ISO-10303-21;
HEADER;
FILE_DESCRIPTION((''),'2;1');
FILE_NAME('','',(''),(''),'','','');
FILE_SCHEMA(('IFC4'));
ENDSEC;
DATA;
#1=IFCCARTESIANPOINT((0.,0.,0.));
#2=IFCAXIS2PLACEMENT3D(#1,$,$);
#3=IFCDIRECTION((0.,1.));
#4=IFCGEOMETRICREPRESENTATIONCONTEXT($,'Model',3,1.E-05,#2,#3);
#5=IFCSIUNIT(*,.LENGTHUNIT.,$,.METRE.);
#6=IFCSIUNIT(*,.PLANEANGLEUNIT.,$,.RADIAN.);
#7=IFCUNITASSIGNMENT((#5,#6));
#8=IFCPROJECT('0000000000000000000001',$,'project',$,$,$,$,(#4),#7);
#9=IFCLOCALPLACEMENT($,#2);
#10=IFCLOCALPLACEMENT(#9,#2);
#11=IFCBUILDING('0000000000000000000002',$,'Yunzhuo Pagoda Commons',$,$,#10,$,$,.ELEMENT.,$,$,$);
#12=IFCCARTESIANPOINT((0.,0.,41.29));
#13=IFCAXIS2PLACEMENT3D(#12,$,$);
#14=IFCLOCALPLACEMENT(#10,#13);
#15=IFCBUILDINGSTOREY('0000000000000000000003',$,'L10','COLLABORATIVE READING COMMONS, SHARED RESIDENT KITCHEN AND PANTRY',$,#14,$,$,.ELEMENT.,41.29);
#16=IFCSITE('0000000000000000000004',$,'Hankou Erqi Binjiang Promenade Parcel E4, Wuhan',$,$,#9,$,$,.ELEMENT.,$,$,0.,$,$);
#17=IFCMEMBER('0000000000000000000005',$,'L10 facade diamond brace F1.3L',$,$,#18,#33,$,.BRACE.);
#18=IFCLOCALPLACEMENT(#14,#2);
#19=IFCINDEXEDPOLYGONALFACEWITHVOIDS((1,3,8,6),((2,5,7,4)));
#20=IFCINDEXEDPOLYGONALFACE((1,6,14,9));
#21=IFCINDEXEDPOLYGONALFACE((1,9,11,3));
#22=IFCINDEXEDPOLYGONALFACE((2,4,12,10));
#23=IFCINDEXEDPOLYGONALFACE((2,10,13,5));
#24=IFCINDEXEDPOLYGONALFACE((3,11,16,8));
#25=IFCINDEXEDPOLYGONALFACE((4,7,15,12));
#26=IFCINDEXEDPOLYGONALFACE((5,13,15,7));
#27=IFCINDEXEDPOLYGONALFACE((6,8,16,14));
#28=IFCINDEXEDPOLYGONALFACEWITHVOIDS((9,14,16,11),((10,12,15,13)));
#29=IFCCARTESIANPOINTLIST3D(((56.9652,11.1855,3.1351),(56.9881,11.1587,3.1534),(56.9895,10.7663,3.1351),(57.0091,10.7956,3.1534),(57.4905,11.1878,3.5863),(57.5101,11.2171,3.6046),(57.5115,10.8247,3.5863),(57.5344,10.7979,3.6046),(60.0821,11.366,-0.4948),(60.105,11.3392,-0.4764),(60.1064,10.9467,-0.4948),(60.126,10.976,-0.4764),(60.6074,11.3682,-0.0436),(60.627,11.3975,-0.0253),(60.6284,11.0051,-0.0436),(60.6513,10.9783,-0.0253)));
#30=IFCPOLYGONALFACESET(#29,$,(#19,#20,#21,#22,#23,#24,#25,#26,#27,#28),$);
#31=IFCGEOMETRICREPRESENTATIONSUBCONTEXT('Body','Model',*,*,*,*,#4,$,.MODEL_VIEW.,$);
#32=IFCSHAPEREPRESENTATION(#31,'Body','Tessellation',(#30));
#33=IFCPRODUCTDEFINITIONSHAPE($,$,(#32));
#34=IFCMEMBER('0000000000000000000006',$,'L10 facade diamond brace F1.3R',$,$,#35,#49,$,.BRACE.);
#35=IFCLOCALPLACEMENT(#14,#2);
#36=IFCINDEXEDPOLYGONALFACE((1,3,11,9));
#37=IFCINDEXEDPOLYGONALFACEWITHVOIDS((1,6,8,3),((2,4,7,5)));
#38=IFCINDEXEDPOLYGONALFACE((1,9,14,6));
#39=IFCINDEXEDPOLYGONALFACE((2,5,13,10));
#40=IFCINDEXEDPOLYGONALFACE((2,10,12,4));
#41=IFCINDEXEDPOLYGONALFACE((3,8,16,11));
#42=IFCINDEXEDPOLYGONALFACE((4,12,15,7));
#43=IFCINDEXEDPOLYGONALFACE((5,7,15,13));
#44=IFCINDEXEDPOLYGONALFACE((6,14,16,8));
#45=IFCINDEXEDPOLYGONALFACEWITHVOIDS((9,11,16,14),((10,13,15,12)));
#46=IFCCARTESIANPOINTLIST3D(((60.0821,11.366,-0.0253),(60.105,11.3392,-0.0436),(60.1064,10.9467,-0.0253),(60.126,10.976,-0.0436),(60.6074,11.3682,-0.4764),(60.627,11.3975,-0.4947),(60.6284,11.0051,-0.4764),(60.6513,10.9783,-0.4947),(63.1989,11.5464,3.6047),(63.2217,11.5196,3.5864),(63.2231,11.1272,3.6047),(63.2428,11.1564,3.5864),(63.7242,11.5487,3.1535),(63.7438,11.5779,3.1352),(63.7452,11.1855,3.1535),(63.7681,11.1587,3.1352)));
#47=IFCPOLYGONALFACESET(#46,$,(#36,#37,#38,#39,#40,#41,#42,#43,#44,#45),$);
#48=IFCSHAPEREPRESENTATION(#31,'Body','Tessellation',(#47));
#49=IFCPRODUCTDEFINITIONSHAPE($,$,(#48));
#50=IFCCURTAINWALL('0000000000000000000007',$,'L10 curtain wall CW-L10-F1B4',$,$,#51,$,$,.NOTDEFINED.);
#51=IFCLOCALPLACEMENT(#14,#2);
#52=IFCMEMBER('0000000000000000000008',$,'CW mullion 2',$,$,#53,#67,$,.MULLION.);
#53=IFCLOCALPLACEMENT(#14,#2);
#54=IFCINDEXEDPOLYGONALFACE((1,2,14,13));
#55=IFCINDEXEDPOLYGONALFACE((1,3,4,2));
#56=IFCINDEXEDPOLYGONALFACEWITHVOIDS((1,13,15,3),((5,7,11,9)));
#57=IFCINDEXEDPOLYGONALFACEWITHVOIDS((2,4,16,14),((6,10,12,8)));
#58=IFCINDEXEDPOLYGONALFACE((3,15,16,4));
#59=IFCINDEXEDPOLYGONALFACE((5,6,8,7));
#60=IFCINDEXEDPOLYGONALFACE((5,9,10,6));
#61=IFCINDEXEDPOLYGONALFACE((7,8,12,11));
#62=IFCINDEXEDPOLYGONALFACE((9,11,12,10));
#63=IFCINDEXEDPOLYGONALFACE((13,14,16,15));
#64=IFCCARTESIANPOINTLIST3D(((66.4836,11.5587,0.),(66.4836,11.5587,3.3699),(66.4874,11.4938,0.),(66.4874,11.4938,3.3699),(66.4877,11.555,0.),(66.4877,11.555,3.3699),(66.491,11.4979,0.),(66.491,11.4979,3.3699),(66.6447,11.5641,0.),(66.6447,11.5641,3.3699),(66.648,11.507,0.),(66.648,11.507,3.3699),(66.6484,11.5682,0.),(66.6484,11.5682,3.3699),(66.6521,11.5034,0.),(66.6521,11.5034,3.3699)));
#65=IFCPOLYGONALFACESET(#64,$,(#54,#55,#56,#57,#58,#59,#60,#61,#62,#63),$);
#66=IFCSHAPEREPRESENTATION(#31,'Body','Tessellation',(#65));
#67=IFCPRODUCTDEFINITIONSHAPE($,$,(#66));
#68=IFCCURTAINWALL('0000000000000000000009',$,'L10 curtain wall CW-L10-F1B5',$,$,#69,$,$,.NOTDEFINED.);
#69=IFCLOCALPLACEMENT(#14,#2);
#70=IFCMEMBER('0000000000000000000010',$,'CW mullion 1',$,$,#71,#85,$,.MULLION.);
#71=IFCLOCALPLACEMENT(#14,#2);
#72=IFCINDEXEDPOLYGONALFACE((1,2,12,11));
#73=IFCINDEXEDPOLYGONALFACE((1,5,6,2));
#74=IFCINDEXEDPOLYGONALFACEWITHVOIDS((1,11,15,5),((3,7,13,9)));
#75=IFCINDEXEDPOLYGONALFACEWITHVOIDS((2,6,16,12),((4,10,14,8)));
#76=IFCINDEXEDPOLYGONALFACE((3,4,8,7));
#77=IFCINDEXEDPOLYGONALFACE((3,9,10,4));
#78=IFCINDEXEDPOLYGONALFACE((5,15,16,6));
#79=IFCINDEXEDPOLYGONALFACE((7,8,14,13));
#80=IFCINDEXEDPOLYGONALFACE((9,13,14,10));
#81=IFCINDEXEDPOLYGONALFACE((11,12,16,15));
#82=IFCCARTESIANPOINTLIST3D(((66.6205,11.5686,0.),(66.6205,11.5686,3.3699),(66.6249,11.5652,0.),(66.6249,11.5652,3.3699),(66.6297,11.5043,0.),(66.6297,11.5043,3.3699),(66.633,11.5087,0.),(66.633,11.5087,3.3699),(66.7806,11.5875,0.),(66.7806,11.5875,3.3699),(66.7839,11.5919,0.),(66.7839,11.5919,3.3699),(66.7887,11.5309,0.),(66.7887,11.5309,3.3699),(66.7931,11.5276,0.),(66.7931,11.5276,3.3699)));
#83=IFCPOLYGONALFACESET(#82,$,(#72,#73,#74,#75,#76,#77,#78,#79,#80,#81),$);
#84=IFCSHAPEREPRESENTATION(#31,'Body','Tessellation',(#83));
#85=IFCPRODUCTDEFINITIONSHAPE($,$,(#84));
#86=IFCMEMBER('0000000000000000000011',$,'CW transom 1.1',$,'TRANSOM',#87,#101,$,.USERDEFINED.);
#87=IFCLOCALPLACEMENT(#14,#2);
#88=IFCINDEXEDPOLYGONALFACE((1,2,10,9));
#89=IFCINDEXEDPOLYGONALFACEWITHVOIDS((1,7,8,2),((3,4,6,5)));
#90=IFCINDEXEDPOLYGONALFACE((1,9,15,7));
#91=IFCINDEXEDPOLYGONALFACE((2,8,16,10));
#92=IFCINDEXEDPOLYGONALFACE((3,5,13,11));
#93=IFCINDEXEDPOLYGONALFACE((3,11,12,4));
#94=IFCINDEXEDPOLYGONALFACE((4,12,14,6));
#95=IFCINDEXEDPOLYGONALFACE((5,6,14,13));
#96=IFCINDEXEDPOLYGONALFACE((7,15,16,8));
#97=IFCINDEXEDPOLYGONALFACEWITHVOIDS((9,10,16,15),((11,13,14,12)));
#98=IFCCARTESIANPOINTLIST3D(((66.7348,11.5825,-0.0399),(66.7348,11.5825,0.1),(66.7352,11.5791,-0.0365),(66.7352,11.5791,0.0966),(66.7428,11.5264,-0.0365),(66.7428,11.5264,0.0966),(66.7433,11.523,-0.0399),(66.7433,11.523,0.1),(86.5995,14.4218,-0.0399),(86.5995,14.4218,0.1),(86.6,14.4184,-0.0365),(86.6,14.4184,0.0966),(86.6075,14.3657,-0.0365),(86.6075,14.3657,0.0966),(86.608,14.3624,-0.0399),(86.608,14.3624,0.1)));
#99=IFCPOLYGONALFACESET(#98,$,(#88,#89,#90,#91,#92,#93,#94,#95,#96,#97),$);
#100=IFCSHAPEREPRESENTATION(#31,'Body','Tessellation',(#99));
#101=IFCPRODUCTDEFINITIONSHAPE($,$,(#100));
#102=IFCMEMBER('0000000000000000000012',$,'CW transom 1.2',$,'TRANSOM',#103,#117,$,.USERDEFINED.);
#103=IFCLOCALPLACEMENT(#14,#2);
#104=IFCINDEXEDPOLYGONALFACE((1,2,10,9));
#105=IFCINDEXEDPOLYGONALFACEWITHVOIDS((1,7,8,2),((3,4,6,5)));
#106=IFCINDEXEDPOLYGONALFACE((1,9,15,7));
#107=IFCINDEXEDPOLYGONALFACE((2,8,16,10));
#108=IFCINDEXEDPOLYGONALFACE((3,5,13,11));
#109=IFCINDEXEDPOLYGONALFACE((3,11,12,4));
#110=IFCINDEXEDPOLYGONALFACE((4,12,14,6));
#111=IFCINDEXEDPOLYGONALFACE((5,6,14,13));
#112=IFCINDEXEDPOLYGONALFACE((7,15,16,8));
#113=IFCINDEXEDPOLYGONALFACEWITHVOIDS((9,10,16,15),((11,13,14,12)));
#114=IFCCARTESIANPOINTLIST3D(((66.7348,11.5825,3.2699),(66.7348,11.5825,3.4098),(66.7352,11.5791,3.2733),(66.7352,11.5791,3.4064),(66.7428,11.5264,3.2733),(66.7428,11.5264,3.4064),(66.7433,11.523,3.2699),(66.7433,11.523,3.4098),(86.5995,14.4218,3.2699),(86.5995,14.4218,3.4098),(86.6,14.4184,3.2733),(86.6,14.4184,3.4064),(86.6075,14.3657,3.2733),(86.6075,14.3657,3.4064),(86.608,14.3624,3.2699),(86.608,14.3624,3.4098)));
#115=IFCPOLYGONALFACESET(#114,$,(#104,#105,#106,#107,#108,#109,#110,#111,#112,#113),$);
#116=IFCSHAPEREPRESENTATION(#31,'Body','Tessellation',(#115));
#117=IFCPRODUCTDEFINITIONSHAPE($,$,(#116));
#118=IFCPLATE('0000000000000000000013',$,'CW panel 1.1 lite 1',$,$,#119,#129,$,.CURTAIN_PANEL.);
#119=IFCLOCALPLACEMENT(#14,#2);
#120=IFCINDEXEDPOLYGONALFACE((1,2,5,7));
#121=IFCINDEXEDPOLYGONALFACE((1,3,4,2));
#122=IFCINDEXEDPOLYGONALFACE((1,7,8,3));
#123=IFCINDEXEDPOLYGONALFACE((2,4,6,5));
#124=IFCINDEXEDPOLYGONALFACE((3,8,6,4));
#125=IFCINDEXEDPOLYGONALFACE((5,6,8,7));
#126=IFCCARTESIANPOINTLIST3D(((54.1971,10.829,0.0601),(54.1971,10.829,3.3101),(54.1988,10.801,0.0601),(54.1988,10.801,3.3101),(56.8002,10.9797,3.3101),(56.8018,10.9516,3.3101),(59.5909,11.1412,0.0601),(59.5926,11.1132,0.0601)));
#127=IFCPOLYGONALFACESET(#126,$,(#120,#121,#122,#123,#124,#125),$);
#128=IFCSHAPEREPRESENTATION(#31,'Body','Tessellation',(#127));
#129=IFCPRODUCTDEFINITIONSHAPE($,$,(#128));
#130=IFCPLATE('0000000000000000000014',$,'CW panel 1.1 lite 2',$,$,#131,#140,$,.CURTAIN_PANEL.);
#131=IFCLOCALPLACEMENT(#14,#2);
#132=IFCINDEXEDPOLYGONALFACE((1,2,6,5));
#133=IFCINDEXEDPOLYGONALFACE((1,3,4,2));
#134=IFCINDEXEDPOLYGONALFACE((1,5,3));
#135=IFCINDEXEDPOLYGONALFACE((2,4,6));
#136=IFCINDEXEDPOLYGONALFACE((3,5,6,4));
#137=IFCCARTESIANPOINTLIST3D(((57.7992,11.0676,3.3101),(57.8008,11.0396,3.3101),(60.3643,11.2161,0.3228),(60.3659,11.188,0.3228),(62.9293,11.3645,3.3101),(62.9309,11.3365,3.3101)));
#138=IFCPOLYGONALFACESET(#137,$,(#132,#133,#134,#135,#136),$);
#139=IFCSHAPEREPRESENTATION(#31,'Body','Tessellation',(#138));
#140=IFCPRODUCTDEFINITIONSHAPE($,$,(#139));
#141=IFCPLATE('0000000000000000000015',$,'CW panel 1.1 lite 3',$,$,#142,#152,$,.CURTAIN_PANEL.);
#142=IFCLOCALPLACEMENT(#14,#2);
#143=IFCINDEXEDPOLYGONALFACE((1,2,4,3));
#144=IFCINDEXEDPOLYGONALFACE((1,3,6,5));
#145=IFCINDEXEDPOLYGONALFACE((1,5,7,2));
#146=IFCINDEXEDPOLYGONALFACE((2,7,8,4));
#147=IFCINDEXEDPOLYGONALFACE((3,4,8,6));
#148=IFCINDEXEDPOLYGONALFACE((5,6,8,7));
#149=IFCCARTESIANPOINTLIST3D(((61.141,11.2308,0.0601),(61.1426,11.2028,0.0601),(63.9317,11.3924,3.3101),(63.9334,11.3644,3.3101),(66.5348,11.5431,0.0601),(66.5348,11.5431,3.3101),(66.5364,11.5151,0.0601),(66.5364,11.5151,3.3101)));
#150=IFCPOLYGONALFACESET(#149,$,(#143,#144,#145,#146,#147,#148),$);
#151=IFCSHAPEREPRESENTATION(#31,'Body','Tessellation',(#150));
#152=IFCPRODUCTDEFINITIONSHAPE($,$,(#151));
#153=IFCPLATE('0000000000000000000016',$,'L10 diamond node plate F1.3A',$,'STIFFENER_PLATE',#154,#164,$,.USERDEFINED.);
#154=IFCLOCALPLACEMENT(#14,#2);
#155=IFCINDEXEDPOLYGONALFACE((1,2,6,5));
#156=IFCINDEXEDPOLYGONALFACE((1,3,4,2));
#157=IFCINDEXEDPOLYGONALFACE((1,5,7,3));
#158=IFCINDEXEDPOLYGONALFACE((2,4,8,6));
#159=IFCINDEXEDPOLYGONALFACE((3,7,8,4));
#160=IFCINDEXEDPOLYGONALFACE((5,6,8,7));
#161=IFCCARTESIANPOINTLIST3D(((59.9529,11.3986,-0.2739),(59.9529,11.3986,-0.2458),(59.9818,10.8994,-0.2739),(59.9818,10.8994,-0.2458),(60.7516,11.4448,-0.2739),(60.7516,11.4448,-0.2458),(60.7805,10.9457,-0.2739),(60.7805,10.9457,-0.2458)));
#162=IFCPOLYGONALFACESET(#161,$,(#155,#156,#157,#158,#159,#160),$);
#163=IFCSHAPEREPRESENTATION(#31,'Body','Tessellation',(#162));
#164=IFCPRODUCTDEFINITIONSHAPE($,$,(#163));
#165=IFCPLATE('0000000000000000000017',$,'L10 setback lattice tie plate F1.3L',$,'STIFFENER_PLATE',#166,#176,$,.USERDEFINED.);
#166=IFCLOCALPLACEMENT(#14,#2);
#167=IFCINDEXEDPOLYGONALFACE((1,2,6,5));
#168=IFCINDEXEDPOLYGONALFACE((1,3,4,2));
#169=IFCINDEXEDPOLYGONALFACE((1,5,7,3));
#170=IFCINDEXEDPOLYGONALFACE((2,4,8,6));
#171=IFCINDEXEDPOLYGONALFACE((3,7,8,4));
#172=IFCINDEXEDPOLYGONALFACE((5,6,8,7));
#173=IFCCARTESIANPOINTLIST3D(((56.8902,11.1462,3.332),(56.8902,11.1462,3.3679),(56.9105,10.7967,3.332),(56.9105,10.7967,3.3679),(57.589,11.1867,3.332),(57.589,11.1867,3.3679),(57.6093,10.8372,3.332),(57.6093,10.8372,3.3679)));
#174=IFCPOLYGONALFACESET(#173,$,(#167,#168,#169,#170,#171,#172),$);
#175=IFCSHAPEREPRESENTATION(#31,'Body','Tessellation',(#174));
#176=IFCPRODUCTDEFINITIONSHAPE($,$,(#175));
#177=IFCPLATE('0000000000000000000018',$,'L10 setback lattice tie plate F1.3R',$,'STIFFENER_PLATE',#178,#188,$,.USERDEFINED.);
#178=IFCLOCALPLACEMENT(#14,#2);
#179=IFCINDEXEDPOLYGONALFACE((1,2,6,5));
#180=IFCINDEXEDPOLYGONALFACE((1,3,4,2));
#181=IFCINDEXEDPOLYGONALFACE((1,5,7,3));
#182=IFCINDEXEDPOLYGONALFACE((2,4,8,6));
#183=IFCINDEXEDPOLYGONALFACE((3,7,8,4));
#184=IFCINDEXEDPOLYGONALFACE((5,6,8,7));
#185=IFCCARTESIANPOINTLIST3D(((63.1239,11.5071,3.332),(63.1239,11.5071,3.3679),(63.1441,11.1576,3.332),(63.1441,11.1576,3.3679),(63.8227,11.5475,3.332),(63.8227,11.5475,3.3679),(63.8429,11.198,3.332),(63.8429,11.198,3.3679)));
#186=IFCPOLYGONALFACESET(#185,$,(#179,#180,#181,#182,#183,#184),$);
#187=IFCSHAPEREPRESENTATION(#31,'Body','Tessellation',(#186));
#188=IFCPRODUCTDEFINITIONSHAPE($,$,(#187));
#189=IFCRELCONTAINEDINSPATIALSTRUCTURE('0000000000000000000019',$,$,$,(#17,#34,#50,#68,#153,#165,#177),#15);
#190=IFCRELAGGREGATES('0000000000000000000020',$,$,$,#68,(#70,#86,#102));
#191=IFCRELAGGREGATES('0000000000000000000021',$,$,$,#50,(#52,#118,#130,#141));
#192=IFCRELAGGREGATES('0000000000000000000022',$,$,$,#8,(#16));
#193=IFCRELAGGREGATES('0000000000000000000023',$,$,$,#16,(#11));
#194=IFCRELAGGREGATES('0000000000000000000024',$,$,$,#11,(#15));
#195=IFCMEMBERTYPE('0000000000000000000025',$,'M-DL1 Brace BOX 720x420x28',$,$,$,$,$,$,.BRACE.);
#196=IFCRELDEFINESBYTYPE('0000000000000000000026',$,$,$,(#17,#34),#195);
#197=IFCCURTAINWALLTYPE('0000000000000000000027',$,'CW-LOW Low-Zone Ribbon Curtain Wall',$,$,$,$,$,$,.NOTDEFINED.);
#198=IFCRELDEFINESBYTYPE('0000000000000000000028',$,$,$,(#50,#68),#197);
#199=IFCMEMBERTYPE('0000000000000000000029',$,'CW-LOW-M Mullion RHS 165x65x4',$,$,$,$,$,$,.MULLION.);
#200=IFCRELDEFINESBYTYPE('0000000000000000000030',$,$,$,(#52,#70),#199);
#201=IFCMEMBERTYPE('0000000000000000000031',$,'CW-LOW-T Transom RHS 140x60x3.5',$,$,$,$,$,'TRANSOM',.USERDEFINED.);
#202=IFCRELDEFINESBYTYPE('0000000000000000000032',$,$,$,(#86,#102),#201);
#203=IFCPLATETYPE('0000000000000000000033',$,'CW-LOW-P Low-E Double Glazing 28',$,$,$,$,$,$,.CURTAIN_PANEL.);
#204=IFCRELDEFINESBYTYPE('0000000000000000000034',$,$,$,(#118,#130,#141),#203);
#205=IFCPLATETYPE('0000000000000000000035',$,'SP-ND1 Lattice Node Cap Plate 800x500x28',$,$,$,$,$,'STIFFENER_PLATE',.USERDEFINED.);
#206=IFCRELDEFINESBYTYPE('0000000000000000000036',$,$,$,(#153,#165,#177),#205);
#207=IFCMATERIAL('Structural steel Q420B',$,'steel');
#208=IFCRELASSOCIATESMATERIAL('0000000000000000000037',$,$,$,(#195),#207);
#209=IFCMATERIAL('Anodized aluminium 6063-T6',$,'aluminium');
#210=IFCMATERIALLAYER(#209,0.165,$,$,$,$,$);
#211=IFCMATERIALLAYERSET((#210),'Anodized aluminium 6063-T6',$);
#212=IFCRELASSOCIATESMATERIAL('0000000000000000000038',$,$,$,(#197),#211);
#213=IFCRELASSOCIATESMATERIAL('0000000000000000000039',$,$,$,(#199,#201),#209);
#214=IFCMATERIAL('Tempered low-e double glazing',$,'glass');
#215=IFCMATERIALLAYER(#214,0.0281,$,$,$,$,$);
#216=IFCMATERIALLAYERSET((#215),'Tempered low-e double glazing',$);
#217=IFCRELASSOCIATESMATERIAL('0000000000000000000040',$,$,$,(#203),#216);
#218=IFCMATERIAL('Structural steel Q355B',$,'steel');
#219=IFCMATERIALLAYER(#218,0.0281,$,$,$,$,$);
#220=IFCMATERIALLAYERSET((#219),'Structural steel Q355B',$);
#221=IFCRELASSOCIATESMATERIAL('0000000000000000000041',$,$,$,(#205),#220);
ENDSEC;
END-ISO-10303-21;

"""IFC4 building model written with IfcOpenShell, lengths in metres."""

from ifc_helpers import new_model, si_unit, direction, frame, origin, origin_2d, place, context, subcontext, project, spatial, polyline, rectangle, hollow_rectangle, outline, extrude, source, transform, mapped, material, layer, layer_set, material_profile, profile_set, type_object, element, aggregate, save


model = new_model("IFC4")

# Units and contexts
model_context = context("Model", 3, precision=1e-05, world=origin(), true_north=direction((0.0, 1.0)))
body_context = subcontext(model_context, "Body", "Model", "MODEL_VIEW")
ifc_project = project(units=[si_unit("LENGTHUNIT", "METRE"), si_unit("PLANEANGLEUNIT", "RADIAN")], contexts=[model_context])

# Site, building, storey
site_placement = place(None, origin())
site = spatial("IfcSite", under=ifc_project, at=site_placement, Name="Hankou Erqi Binjiang Promenade Parcel E4, Wuhan", CompositionType="ELEMENT", RefElevation=0.0)
building_placement = place(site_placement, origin())
building = spatial("IfcBuilding", under=site, at=building_placement, Name="Yunzhuo Pagoda Commons", CompositionType="ELEMENT")
storey_placement = place(building_placement, frame((0.0, 0.0, 41.29)))
storey = spatial("IfcBuildingStorey", under=building, at=storey_placement, Name="L10", Description="COLLABORATIVE READING COMMONS, SHARED RESIDENT KITCHEN AND PANTRY", CompositionType="ELEMENT", Elevation=41.29)

# Shared definitions
ifc_material_1 = material(Name="Structural steel Q420B", Category="steel")

# Shared definitions
ifc_material_2 = material(Name="Structural steel Q355B", Category="steel")

# Members
ifc_material_profile_1 = material_profile(ifc_material_1, hollow_rectangle(XDim=0.4199, YDim=0.72, WallThickness=0.0281, at=origin_2d()), Name="Structural steel Q420B")
ifc_profile_set_1 = profile_set([ifc_material_profile_1], Name="Structural steel Q420B")
member_type_1 = type_object("IfcMemberType", Name="M-DL1 Brace BOX 720x420x28", PredefinedType="BRACE", material=ifc_profile_set_1)
shared_shape_1 = source(origin(), body_context, "Body", "SweptSolid", [
    extrude(hollow_rectangle(XDim=0.4199, YDim=0.72, WallThickness=0.0281, at=origin_2d()), origin(), (0.0, 0.0, 1.0), 4.7878),
])
for number, where, z_axis, x_axis, name in (
    (1, (60.3667, 11.1721, -0.26), (-0.651005, -0.037683, 0.758138), (0.057787, -0.998329, 0.0), "L10 facade diamond brace F1.3L"),
    (2, (60.3667, 11.1721, -0.26), (0.650976, 0.037684, 0.758163), (-0.057791, 0.998329, 0.0), "L10 facade diamond brace F1.3R"),
):
    element("IfcMember", number, at=place(storey_placement, frame(where, z_axis=z_axis, x_axis=x_axis)), inside=storey, type_object=member_type_1, Name=name, PredefinedType="BRACE", context=body_context, shape_type="MappedRepresentation", body=[
        mapped(shared_shape_1, transform((0.0, 0.0, 0.0), scale=1.0)),
    ])

# Curtain wall, member
ifc_material_3 = material(Name="Anodized aluminium 6063-T6", Category="aluminium")
ifc_layer_1 = layer(ifc_material_3, 0.165)
ifc_layer_set_1 = layer_set([ifc_layer_1], Name="Anodized aluminium 6063-T6")
curtain_wall_type = type_object("IfcCurtainWallType", Name="CW-LOW Low-Zone Ribbon Curtain Wall", PredefinedType="NOTDEFINED", material=ifc_layer_set_1)
curtain_wall_1_placement = place(storey_placement, origin())
curtain_wall_1 = element("IfcCurtainWall", 3, at=curtain_wall_1_placement, inside=storey, type_object=curtain_wall_type, Name="L10 curtain wall CW-L10-F1B4", PredefinedType="NOTDEFINED")
ifc_material_profile_2 = material_profile(ifc_material_3, hollow_rectangle(XDim=0.0649, YDim=0.165, WallThickness=0.0039, at=origin_2d()), Name="Anodized aluminium 6063-T6")
ifc_profile_set_2 = profile_set([ifc_material_profile_2], Name="Anodized aluminium 6063-T6")
member_type_2 = type_object("IfcMemberType", Name="CW-LOW-M Mullion RHS 165x65x4", PredefinedType="MULLION", material=ifc_profile_set_2)
shared_shape_2 = source(origin(), body_context, "Body", "SweptSolid", [
    extrude(hollow_rectangle(XDim=0.0649, YDim=0.165, WallThickness=0.0039, at=origin_2d()), origin(), (0.0, 0.0, 1.0), 3.3699),
])
member_1_placement = place(storey_placement, frame((66.5679, 11.531, 0.0), z_axis=(0.0, 0.0, 1.0), x_axis=(-0.057791, 0.998329, 0.0)))
member_1 = element("IfcMember", 4, at=member_1_placement, type_object=member_type_2, Name="CW mullion 2", PredefinedType="MULLION", context=body_context, shape_type="MappedRepresentation", body=[
    mapped(shared_shape_2, transform((0.0, 0.0, 0.0), scale=1.0)),
])

# Curtain wall, members
curtain_wall_2_placement = place(storey_placement, origin())
curtain_wall_2 = element("IfcCurtainWall", 5, at=curtain_wall_2_placement, inside=storey, type_object=curtain_wall_type, Name="L10 curtain wall CW-L10-F1B5", PredefinedType="NOTDEFINED")
member_2_placement = place(storey_placement, frame((66.7068, 11.5481, 0.0), z_axis=(0.0, 0.0, 1.0), x_axis=(-0.141493, 0.989939, 0.0)))
member_2 = element("IfcMember", 6, at=member_2_placement, type_object=member_type_2, Name="CW mullion 1", PredefinedType="MULLION", context=body_context, shape_type="MappedRepresentation", body=[
    mapped(shared_shape_2, transform((0.0, 0.0, 0.0), scale=1.0)),
])
ifc_material_profile_3 = material_profile(ifc_material_3, hollow_rectangle(XDim=0.0601, YDim=0.1399, WallThickness=0.0034, at=origin_2d()), Name="Anodized aluminium 6063-T6")
ifc_profile_set_3 = profile_set([ifc_material_profile_3], Name="Anodized aluminium 6063-T6")
member_type_3 = type_object("IfcMemberType", Name="CW-LOW-T Transom RHS 140x60x3.5", ElementType="TRANSOM", PredefinedType="USERDEFINED", material=ifc_profile_set_3)
shared_shape_3 = source(origin(), body_context, "Body", "SweptSolid", [
    extrude(hollow_rectangle(XDim=0.0601, YDim=0.1399, WallThickness=0.0034, at=origin_2d()), origin(), (0.0, 0.0, 1.0), 20.0667),
])
member_3_placement = place(storey_placement, frame((66.739, 11.5527, 0.03), z_axis=(0.989939, 0.141496, 0.0), x_axis=(-0.141496, 0.989939, 0.0)))
member_3 = element("IfcMember", 7, at=member_3_placement, type_object=member_type_3, Name="CW transom 1.1", ObjectType="TRANSOM", PredefinedType="USERDEFINED", context=body_context, shape_type="MappedRepresentation", body=[
    mapped(shared_shape_3, transform((0.0, 0.0, 0.0), scale=1.0)),
])
member_4_placement = place(storey_placement, frame((66.739, 11.5527, 3.3398), z_axis=(0.989939, 0.141496, 0.0), x_axis=(-0.141496, 0.989939, 0.0)))
member_4 = element("IfcMember", 8, at=member_4_placement, type_object=member_type_3, Name="CW transom 1.2", ObjectType="TRANSOM", PredefinedType="USERDEFINED", context=body_context, shape_type="MappedRepresentation", body=[
    mapped(shared_shape_3, transform((0.0, 0.0, 0.0), scale=1.0)),
])
aggregate(curtain_wall_2, [member_2, member_3, member_4])

# Plates
ifc_material_4 = material(Name="Tempered low-e double glazing", Category="glass")
ifc_layer_2 = layer(ifc_material_4, 0.0281)
ifc_layer_set_2 = layer_set([ifc_layer_2], Name="Tempered low-e double glazing")
plate_type_1 = type_object("IfcPlateType", Name="CW-LOW-P Low-E Double Glazing 28", PredefinedType="CURTAIN_PANEL", material=ifc_layer_set_2)
plate_1_placement = place(storey_placement, frame((56.894, 10.9851, 1.6851), z_axis=(0.057791, -0.998329, 0.0), x_axis=(0.998329, 0.057791, 0.0)))
plate_1 = element("IfcPlate", 9, at=plate_1_placement, type_object=plate_type_1, Name="CW panel 1.1 lite 1", PredefinedType="CURTAIN_PANEL", context=body_context, shape_type="SweptSolid", body=[
    extrude(outline(polyline([(-2.7014, -1.625), (2.7014, -1.625), (-0.094, 1.625), (-2.7014, 1.625), (-2.7014, -1.625)])), origin(), (0.0, 0.0, 1.0), 0.0281),
])
plate_2_placement = place(storey_placement, frame((60.3643, 11.2161, 1.8164), z_axis=(0.057791, -0.998329, 0.0), x_axis=(0.998329, 0.057791, 0.0)))
plate_2 = element("IfcPlate", 10, at=plate_2_placement, type_object=plate_type_1, Name="CW panel 1.1 lite 2", PredefinedType="CURTAIN_PANEL", context=body_context, shape_type="SweptSolid", body=[
    extrude(outline(polyline([(-2.5693, 1.4937), (0.0, -1.4937), (2.5693, 1.4937), (-2.5693, 1.4937)])), origin(), (0.0, 0.0, 1.0), 0.0281),
])
plate_3_placement = place(storey_placement, frame((63.8379, 11.387, 1.6851), z_axis=(0.057791, -0.998329, 0.0), x_axis=(0.998329, 0.057791, 0.0)))
plate_3 = element("IfcPlate", 11, at=plate_3_placement, type_object=plate_type_1, Name="CW panel 1.1 lite 3", PredefinedType="CURTAIN_PANEL", context=body_context, shape_type="SweptSolid", body=[
    extrude(outline(polyline([(-2.7014, -1.625), (2.7014, -1.625), (2.7014, 1.625), (0.094, 1.625), (-2.7014, -1.625)])), origin(), (0.0, 0.0, 1.0), 0.0281),
])
aggregate(curtain_wall_1, [member_1, plate_1, plate_2, plate_3])

# Plates
ifc_layer_3 = layer(ifc_material_2, 0.0281)
ifc_layer_set_3 = layer_set([ifc_layer_3], Name="Structural steel Q355B")
plate_type_2 = type_object("IfcPlateType", Name="SP-ND1 Lattice Node Cap Plate 800x500x28", ElementType="STIFFENER_PLATE", PredefinedType="USERDEFINED", material=ifc_layer_set_3)
shared_shape_4 = source(origin(), body_context, "Body", "SweptSolid", [
    extrude(rectangle(XDim=0.8, YDim=0.5, at=origin_2d()), origin(), (0.0, 0.0, 1.0), 0.0281),
])
plate_4_placement = place(storey_placement, frame((60.3667, 11.1721, -0.2739), z_axis=(0.0, 0.0, 1.0), x_axis=(0.998329, 0.057791, 0.0)))
element("IfcPlate", 12, at=plate_4_placement, inside=storey, type_object=plate_type_2, Name="L10 diamond node plate F1.3A", ObjectType="STIFFENER_PLATE", PredefinedType="USERDEFINED", context=body_context, shape_type="MappedRepresentation", body=[
    mapped(shared_shape_4, transform((0.0, 0.0, 0.0), scale=1.0)),
])
shared_shape_5 = source(origin(), body_context, "Body", "SweptSolid", [
    extrude(rectangle(XDim=0.7, YDim=0.3501, at=origin_2d()), origin(), (0.0, 0.0, 1.0), 0.0359),
])
for number, where, z_axis, x_axis, name in (
    (13, (57.2498, 10.9917, 3.332), (0.0, 0.0, 1.0), (0.998329, 0.057791, 0.0), "L10 setback lattice tie plate F1.3L"),
    (14, (63.4834, 11.3525, 3.332), (0.0, 0.0, 1.0), (0.998329, 0.057791, 0.0), "L10 setback lattice tie plate F1.3R"),
):
    element("IfcPlate", number, at=place(storey_placement, frame(where, z_axis=z_axis, x_axis=x_axis)), inside=storey, type_object=plate_type_2, Name=name, ObjectType="STIFFENER_PLATE", PredefinedType="USERDEFINED", context=body_context, shape_type="MappedRepresentation", body=[
        mapped(shared_shape_5, transform((0.0, 0.0, 0.0), scale=1.0)),
    ])

save(model, "model.ifc")
